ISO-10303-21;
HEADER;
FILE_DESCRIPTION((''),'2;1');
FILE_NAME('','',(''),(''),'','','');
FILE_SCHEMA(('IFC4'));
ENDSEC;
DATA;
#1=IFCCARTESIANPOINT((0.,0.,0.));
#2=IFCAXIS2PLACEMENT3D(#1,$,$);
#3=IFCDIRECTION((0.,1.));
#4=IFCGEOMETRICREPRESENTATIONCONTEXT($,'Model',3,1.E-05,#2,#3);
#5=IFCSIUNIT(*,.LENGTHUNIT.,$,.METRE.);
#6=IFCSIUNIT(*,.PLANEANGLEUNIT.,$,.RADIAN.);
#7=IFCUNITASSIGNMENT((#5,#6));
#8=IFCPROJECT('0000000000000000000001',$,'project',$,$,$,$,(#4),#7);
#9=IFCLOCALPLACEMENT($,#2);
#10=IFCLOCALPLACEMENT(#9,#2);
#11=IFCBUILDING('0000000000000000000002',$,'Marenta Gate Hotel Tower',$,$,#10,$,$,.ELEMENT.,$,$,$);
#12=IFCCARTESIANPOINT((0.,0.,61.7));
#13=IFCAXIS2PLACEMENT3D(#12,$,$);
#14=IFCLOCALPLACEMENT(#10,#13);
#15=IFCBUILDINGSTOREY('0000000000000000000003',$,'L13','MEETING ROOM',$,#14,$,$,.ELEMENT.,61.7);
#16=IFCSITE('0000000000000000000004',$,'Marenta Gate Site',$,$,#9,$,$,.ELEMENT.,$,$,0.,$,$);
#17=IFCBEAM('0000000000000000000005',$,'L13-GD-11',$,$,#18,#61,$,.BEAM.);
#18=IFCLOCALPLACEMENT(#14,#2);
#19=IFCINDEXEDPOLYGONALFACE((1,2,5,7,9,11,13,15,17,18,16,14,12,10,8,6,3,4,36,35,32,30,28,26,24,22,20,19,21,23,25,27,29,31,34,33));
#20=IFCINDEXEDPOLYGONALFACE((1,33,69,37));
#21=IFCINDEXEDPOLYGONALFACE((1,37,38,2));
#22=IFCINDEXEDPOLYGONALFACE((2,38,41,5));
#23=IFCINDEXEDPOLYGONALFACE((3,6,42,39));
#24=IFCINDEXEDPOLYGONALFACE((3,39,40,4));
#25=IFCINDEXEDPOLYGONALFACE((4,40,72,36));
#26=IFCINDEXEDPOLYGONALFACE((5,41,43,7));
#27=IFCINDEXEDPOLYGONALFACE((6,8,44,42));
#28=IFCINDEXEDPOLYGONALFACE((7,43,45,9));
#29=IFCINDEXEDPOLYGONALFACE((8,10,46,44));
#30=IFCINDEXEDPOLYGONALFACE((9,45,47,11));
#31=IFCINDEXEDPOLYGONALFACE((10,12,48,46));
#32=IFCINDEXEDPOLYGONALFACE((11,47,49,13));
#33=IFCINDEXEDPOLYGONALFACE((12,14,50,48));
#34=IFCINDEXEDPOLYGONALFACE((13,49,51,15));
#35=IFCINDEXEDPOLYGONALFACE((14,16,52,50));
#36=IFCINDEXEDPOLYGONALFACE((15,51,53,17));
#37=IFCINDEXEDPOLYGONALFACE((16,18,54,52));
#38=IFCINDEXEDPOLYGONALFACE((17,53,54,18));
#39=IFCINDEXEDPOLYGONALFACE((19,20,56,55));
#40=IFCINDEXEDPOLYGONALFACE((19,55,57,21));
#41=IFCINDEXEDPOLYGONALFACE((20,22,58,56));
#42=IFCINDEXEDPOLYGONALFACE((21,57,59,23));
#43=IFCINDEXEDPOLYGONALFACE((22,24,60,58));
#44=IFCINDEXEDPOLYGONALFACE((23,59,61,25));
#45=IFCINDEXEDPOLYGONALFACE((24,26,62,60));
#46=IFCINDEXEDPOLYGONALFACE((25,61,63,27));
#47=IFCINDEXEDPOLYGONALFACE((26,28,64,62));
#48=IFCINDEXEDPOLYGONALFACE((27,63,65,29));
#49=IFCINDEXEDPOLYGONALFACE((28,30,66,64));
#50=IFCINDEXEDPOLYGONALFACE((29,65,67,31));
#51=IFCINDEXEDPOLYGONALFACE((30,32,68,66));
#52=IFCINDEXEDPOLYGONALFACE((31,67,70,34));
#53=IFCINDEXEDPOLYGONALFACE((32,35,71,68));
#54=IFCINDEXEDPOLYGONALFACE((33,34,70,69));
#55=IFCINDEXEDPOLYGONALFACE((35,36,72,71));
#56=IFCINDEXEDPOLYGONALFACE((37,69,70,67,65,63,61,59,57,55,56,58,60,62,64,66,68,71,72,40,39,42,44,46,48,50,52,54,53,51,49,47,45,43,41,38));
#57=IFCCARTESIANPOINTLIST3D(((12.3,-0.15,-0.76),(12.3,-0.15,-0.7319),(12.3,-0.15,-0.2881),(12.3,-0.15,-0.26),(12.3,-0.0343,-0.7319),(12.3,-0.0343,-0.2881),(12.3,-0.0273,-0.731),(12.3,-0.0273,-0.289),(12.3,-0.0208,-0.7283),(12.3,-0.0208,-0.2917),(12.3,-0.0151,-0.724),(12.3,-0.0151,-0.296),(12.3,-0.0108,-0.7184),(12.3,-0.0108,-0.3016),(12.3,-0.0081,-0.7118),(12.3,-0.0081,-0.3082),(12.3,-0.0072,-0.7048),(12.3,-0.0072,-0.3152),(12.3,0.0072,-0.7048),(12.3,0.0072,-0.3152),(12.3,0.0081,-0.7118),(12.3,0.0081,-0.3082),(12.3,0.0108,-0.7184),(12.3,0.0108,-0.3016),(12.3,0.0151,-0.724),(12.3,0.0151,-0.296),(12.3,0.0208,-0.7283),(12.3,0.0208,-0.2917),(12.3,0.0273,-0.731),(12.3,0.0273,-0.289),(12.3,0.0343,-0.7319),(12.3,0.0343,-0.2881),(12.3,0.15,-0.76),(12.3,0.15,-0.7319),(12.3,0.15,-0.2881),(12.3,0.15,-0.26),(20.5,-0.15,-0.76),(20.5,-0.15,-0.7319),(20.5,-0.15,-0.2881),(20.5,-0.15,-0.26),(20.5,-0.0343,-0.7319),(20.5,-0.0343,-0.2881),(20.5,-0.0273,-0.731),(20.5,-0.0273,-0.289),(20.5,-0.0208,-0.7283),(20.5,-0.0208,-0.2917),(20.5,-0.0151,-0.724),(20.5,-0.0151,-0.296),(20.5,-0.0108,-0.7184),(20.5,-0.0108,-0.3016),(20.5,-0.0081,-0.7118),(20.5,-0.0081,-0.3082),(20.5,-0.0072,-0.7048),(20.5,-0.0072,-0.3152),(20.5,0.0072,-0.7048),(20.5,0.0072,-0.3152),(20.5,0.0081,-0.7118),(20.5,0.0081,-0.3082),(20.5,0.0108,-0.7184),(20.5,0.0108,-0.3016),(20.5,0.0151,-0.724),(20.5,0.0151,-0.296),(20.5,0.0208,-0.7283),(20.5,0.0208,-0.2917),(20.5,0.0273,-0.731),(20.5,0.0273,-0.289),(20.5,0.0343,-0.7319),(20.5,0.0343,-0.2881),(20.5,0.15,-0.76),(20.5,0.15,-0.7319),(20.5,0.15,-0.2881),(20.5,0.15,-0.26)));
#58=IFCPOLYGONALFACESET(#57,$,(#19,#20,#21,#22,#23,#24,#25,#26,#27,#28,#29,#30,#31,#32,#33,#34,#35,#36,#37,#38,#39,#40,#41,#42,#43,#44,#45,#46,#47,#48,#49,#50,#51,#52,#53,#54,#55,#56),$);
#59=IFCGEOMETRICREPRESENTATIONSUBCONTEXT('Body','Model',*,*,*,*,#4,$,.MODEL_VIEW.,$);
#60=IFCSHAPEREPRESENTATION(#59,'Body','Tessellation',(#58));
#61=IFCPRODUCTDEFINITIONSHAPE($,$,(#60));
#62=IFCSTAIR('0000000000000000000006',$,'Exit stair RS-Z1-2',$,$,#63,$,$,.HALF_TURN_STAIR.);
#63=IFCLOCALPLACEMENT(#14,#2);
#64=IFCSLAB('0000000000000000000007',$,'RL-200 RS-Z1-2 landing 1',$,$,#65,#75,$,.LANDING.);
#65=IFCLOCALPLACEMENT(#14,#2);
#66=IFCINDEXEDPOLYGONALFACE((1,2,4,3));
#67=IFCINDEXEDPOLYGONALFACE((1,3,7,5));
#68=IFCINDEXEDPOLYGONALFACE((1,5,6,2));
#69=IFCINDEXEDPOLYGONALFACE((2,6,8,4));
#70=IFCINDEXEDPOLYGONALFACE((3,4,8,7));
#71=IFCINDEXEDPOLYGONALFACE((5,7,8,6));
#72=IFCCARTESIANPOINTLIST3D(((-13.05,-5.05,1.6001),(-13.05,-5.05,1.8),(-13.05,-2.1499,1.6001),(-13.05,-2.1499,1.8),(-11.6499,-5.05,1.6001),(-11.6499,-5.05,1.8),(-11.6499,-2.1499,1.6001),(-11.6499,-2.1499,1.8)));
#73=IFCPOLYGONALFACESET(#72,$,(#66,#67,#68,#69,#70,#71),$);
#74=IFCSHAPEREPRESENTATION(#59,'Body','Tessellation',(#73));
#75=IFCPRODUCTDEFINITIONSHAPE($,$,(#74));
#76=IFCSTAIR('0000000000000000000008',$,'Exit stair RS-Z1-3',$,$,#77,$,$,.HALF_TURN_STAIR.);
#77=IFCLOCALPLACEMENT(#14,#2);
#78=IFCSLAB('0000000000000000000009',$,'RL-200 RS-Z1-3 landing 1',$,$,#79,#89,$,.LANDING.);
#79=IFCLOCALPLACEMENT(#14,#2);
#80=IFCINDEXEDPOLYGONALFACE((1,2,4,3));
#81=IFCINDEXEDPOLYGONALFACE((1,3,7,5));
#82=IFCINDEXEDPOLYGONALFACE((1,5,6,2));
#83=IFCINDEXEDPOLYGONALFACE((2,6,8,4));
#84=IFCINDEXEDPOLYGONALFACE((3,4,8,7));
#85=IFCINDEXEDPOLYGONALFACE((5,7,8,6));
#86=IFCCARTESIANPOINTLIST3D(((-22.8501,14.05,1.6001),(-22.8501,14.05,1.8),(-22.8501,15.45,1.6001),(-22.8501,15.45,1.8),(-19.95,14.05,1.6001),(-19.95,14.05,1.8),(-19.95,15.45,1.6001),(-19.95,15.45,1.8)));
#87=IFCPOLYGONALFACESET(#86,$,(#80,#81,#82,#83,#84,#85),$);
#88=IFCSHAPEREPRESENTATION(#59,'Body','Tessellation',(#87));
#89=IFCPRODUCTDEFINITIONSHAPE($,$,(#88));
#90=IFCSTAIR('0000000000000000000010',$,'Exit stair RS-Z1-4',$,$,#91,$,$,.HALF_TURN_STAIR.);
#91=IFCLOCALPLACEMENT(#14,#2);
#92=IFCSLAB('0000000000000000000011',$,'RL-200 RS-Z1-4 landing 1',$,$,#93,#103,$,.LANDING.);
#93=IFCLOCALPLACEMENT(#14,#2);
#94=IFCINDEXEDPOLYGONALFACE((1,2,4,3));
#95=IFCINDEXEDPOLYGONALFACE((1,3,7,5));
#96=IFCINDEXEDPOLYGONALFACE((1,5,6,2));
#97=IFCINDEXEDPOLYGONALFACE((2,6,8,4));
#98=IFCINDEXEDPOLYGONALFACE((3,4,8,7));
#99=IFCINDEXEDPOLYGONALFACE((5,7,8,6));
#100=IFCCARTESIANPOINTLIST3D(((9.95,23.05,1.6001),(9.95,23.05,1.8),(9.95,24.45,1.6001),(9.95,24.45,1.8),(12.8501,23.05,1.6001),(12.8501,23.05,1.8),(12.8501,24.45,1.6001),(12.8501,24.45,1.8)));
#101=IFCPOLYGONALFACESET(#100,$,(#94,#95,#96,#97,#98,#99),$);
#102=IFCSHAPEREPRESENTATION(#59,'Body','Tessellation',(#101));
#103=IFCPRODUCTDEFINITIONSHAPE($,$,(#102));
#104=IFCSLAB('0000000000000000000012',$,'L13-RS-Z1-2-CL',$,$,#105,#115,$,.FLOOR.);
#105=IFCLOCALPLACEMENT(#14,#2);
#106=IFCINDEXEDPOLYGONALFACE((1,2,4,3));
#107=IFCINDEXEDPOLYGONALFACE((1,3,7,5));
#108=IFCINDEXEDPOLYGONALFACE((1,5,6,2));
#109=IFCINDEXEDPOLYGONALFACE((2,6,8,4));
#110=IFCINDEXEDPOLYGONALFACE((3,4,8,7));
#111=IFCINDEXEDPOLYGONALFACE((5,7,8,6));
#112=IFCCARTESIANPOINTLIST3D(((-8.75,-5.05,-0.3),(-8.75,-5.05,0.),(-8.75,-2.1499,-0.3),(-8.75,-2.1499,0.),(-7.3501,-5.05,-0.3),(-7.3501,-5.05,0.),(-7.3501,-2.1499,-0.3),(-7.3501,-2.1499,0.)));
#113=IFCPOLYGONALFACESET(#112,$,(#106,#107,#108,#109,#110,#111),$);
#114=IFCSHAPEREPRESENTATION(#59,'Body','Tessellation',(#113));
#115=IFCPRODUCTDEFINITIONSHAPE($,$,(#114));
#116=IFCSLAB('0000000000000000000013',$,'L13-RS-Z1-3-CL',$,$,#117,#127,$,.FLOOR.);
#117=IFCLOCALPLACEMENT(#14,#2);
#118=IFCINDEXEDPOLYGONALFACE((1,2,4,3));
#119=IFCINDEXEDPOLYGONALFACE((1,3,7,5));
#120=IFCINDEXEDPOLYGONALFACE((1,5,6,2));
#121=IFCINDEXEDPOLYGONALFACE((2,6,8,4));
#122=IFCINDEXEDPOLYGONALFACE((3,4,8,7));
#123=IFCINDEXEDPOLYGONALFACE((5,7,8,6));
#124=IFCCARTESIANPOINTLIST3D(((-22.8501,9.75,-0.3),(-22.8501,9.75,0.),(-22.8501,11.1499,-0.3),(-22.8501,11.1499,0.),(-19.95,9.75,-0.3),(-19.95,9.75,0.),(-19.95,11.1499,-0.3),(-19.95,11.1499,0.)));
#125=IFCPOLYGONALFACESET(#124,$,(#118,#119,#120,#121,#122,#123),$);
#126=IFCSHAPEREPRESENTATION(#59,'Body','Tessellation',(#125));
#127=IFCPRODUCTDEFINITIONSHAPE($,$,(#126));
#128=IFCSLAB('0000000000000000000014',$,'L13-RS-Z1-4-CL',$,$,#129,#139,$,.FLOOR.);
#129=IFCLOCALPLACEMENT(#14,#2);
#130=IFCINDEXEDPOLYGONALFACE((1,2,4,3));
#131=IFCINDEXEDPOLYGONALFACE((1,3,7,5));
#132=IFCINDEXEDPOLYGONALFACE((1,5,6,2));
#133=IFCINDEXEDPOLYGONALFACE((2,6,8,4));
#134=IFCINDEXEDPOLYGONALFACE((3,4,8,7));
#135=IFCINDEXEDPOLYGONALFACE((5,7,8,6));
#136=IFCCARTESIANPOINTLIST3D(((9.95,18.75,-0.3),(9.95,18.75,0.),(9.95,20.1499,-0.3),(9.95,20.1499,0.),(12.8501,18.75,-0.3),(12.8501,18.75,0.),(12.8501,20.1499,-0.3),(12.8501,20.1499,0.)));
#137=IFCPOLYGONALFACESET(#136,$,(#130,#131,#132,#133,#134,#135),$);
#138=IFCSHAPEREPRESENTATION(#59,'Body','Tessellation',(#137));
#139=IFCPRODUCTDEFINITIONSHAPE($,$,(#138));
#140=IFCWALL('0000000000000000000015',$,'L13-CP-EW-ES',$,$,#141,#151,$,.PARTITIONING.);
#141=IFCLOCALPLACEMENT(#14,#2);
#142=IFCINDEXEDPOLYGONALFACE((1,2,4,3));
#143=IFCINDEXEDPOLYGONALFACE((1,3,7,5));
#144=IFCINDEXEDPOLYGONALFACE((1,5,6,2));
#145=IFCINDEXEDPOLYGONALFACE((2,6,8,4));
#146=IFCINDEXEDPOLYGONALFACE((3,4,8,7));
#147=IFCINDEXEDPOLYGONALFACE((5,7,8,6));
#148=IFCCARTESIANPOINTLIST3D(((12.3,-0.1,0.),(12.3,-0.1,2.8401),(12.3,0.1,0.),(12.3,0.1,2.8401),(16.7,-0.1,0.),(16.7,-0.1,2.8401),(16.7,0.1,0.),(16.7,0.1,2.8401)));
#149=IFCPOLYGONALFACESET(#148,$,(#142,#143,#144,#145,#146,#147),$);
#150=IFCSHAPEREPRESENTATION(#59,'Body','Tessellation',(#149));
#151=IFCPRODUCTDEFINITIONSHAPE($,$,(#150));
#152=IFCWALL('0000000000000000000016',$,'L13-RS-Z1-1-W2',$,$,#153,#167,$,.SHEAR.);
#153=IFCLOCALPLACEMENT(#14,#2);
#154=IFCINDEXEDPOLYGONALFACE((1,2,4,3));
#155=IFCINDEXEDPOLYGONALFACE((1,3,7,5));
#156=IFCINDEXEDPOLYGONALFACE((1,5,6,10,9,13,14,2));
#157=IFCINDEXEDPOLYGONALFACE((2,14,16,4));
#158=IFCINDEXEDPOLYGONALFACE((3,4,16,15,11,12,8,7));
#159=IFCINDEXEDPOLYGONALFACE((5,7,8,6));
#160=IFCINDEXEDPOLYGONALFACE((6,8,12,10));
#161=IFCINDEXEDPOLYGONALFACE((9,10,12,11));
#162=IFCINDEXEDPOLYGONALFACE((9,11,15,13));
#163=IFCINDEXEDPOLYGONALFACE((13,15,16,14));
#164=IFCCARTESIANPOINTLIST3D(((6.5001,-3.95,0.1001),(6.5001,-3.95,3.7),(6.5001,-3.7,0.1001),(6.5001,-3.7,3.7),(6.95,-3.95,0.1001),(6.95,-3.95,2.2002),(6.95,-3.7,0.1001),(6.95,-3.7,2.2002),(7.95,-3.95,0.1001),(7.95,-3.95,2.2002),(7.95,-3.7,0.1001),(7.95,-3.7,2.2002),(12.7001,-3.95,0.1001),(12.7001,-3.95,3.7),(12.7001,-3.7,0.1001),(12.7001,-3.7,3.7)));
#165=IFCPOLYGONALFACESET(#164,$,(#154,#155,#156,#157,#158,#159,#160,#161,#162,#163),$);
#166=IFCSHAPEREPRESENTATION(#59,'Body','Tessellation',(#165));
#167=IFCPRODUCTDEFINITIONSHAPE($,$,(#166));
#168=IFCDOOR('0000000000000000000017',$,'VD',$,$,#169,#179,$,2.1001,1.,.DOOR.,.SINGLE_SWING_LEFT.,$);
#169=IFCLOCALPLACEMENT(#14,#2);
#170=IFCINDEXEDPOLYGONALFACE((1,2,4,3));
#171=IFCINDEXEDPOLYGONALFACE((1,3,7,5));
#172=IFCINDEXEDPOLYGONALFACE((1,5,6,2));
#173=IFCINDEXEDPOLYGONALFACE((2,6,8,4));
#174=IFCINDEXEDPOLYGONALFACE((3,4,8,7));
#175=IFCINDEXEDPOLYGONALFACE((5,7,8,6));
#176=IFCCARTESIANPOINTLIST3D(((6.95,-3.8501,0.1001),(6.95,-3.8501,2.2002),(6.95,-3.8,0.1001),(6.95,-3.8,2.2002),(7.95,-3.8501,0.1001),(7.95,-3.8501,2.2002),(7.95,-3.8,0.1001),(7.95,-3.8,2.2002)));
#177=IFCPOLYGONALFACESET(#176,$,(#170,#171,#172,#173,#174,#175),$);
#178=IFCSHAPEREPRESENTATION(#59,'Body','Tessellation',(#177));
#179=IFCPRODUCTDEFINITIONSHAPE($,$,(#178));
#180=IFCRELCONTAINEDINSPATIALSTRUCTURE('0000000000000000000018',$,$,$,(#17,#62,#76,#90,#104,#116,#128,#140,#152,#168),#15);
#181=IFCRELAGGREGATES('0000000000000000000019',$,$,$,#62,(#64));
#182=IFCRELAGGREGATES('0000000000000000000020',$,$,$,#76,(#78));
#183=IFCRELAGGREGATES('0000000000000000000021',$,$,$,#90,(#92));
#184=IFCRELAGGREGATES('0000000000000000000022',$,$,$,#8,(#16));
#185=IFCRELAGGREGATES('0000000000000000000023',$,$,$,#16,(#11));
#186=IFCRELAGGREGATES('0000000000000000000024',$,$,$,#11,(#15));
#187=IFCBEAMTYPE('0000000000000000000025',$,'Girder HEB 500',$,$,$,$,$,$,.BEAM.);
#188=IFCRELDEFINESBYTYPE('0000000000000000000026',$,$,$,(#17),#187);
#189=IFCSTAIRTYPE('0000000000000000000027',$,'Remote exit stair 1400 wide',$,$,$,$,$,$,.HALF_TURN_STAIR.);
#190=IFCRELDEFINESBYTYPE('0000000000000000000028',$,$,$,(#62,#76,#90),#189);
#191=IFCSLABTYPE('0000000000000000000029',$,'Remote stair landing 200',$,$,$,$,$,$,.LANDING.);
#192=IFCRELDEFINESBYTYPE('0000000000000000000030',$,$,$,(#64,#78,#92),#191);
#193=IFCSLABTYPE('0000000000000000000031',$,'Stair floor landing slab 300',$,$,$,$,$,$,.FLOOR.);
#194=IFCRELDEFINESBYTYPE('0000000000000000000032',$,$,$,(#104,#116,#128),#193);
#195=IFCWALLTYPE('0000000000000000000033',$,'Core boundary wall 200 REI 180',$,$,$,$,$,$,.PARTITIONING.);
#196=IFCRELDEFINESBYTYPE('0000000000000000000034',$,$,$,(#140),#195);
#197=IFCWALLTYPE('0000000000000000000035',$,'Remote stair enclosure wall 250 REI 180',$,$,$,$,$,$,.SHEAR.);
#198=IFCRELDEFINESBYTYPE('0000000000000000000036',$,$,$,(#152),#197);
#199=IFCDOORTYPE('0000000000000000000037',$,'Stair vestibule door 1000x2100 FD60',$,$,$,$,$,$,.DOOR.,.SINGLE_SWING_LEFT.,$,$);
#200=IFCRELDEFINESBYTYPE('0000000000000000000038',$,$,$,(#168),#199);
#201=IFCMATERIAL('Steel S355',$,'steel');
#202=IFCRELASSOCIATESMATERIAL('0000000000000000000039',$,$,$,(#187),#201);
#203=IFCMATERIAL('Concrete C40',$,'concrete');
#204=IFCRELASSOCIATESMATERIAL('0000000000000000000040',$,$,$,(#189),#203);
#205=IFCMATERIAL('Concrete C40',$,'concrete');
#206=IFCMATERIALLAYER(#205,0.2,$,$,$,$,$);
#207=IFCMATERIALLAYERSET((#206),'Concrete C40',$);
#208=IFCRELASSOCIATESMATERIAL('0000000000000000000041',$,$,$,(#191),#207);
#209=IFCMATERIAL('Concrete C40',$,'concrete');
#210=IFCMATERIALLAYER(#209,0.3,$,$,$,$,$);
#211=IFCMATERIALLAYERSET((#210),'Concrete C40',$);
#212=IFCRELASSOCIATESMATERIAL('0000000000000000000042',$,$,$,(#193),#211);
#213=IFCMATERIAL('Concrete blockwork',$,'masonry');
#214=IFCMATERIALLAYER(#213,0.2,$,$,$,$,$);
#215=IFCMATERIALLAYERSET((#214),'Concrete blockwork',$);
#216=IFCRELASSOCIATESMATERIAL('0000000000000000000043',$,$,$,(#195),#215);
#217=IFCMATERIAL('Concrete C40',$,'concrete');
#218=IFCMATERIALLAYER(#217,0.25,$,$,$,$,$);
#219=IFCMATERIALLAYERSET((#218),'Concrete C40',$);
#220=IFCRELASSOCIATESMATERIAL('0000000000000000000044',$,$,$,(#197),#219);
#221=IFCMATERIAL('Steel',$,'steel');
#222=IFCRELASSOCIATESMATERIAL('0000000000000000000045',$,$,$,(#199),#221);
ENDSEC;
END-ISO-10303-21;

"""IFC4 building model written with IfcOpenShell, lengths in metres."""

from ifc_helpers import new_model, si_unit, direction, frame, frame_2d, origin, origin_2d, place, context, subcontext, project, spatial, polyline, rectangle, i_section, outline, extrude, material, layer, layer_set, material_profile, profile_set, type_object, element, fill, aggregate, save


model = new_model("IFC4")

# Units and contexts
model_context = context("Model", 3, precision=1e-05, world=origin(), true_north=direction((0.0, 1.0)))
body_context = subcontext(model_context, "Body", "Model", "MODEL_VIEW")
ifc_project = project(units=[si_unit("LENGTHUNIT", "METRE"), si_unit("PLANEANGLEUNIT", "RADIAN")], contexts=[model_context])

# Site, building, storey
site_placement = place(None, origin())
site = spatial("IfcSite", under=ifc_project, at=site_placement, Name="Marenta Gate Site", CompositionType="ELEMENT", RefElevation=0.0)
building_placement = place(site_placement, origin())
building = spatial("IfcBuilding", under=site, at=building_placement, Name="Marenta Gate Hotel Tower", CompositionType="ELEMENT")
storey_placement = place(building_placement, frame((0.0, 0.0, 61.7)))
storey = spatial("IfcBuildingStorey", under=building, at=storey_placement, Name="L13", Description="MEETING ROOM", CompositionType="ELEMENT", Elevation=61.7)

# Beam
ifc_material_1 = material(Name="Steel S355", Category="steel")
ifc_material_profile = material_profile(ifc_material_1, i_section(OverallWidth=0.3, OverallDepth=0.5, WebThickness=0.0144, FlangeThickness=0.0281, FilletRadius=0.0271, at=origin_2d()), Name="HEB 500")
ifc_profile_set = profile_set([ifc_material_profile], Name="Steel S355")
beam_type = type_object("IfcBeamType", Name="Girder HEB 500", PredefinedType="BEAM", material=ifc_profile_set)
beam_placement = place(storey_placement, frame((12.3, 0.0, -0.51), z_axis=(1.0, 0.0, 0.0), x_axis=(0.0, 1.0, 0.0)))
element("IfcBeam", 1, at=beam_placement, inside=storey, type_object=beam_type, Name="L13-GD-11", PredefinedType="BEAM", context=body_context, shape_type="SweptSolid", body=[
    extrude(i_section(OverallWidth=0.3, OverallDepth=0.5, WebThickness=0.0144, FlangeThickness=0.0281, FilletRadius=0.0271, at=origin_2d()), origin(), (0.0, 0.0, 1.0), 8.2),
])

# Stairs, slabs
ifc_material_2 = material(Name="Concrete C40", Category="concrete")
stair_type = type_object("IfcStairType", Name="Remote exit stair 1400 wide", PredefinedType="HALF_TURN_STAIR", material=ifc_material_2)
stair_1_placement = place(storey_placement, origin())
stair_1 = element("IfcStair", 2, at=stair_1_placement, inside=storey, type_object=stair_type, Name="Exit stair RS-Z1-2", PredefinedType="HALF_TURN_STAIR")
ifc_material_3 = material(Name="Concrete C40", Category="concrete")
ifc_layer_1 = layer(ifc_material_3, 0.2)
ifc_layer_set_1 = layer_set([ifc_layer_1], Name="Concrete C40")
slab_type_1 = type_object("IfcSlabType", Name="Remote stair landing 200", PredefinedType="LANDING", material=ifc_layer_set_1)
slab_1_placement = place(storey_placement, frame((0.0, 0.0, 1.6001)))
slab_1 = element("IfcSlab", 3, at=slab_1_placement, type_object=slab_type_1, Name="RL-200 RS-Z1-2 landing 1", PredefinedType="LANDING", context=body_context, shape_type="SweptSolid", body=[
    extrude(outline(polyline([(-13.05, -5.05), (-11.6499, -5.05), (-11.6499, -2.1499), (-13.05, -2.1499), (-13.05, -5.05)])), origin(), (0.0, 0.0, 1.0), 0.2),
])
aggregate(stair_1, [slab_1])
stair_2_placement = place(storey_placement, origin())
stair_2 = element("IfcStair", 4, at=stair_2_placement, inside=storey, type_object=stair_type, Name="Exit stair RS-Z1-3", PredefinedType="HALF_TURN_STAIR")
slab_2_placement = place(storey_placement, frame((0.0, 0.0, 1.6001)))
slab_2 = element("IfcSlab", 5, at=slab_2_placement, type_object=slab_type_1, Name="RL-200 RS-Z1-3 landing 1", PredefinedType="LANDING", context=body_context, shape_type="SweptSolid", body=[
    extrude(outline(polyline([(-22.8501, 14.05), (-19.95, 14.05), (-19.95, 15.45), (-22.8501, 15.45), (-22.8501, 14.05)])), origin(), (0.0, 0.0, 1.0), 0.2),
])
aggregate(stair_2, [slab_2])
stair_3_placement = place(storey_placement, origin())
stair_3 = element("IfcStair", 6, at=stair_3_placement, inside=storey, type_object=stair_type, Name="Exit stair RS-Z1-4", PredefinedType="HALF_TURN_STAIR")
slab_3_placement = place(storey_placement, frame((0.0, 0.0, 1.6001)))
slab_3 = element("IfcSlab", 7, at=slab_3_placement, type_object=slab_type_1, Name="RL-200 RS-Z1-4 landing 1", PredefinedType="LANDING", context=body_context, shape_type="SweptSolid", body=[
    extrude(outline(polyline([(9.95, 23.05), (12.8501, 23.05), (12.8501, 24.45), (9.95, 24.45), (9.95, 23.05)])), origin(), (0.0, 0.0, 1.0), 0.2),
])
aggregate(stair_3, [slab_3])

# Slabs
ifc_material_4 = material(Name="Concrete C40", Category="concrete")
ifc_layer_2 = layer(ifc_material_4, 0.3)
ifc_layer_set_2 = layer_set([ifc_layer_2], Name="Concrete C40")
slab_type_2 = type_object("IfcSlabType", Name="Stair floor landing slab 300", PredefinedType="FLOOR", material=ifc_layer_set_2)
slab_4_placement = place(storey_placement, frame((0.0, 0.0, -0.3)))
element("IfcSlab", 8, at=slab_4_placement, inside=storey, type_object=slab_type_2, Name="L13-RS-Z1-2-CL", PredefinedType="FLOOR", context=body_context, shape_type="SweptSolid", body=[
    extrude(outline(polyline([(-7.3501, -5.05), (-7.3501, -2.1499), (-8.75, -2.1499), (-8.75, -5.05), (-7.3501, -5.05)])), origin(), (0.0, 0.0, 1.0), 0.3),
])
slab_5_placement = place(storey_placement, frame((0.0, 0.0, -0.3)))
element("IfcSlab", 9, at=slab_5_placement, inside=storey, type_object=slab_type_2, Name="L13-RS-Z1-3-CL", PredefinedType="FLOOR", context=body_context, shape_type="SweptSolid", body=[
    extrude(outline(polyline([(-19.95, 9.75), (-19.95, 11.1499), (-22.8501, 11.1499), (-22.8501, 9.75), (-19.95, 9.75)])), origin(), (0.0, 0.0, 1.0), 0.3),
])
slab_6_placement = place(storey_placement, frame((0.0, 0.0, -0.3)))
element("IfcSlab", 10, at=slab_6_placement, inside=storey, type_object=slab_type_2, Name="L13-RS-Z1-4-CL", PredefinedType="FLOOR", context=body_context, shape_type="SweptSolid", body=[
    extrude(outline(polyline([(12.8501, 18.75), (12.8501, 20.1499), (9.95, 20.1499), (9.95, 18.75), (12.8501, 18.75)])), origin(), (0.0, 0.0, 1.0), 0.3),
])

# Wall
ifc_material_5 = material(Name="Concrete blockwork", Category="masonry")
ifc_layer_3 = layer(ifc_material_5, 0.2)
ifc_layer_set_3 = layer_set([ifc_layer_3], Name="Concrete blockwork")
wall_type_1 = type_object("IfcWallType", Name="Core boundary wall 200 REI 180", PredefinedType="PARTITIONING", material=ifc_layer_set_3)
wall_1_placement = place(storey_placement, frame((12.3, 0.0, 0.0), z_axis=(0.0, 0.0, 1.0), x_axis=(1.0, 0.0, 0.0)))
element("IfcWall", 11, at=wall_1_placement, inside=storey, type_object=wall_type_1, Name="L13-CP-EW-ES", PredefinedType="PARTITIONING", context=body_context, shape_type="SweptSolid", body=[
    extrude(rectangle(XDim=4.3999, YDim=0.2, at=frame_2d((2.2, 0.0))), origin(), (0.0, 0.0, 1.0), 2.8401),
])

# Wall, opening, door
ifc_material_6 = material(Name="Concrete C40", Category="concrete")
ifc_layer_4 = layer(ifc_material_6, 0.25)
ifc_layer_set_4 = layer_set([ifc_layer_4], Name="Concrete C40")
wall_type_2 = type_object("IfcWallType", Name="Remote stair enclosure wall 250 REI 180", PredefinedType="SHEAR", material=ifc_layer_set_4)
wall_2_placement = place(storey_placement, frame((6.5, -3.825, 0.1001), z_axis=(0.0, 0.0, 1.0), x_axis=(1.0, 0.0, 0.0)))
wall_2 = element("IfcWall", 12, at=wall_2_placement, inside=storey, type_object=wall_type_2, Name="L13-RS-Z1-1-W2", PredefinedType="SHEAR", context=body_context, shape_type="SweptSolid", body=[
    extrude(rectangle(XDim=6.2, YDim=0.25, at=frame_2d((3.1001, 0.0))), origin(), (0.0, 0.0, 1.0), 3.5999),
])
opening_1_placement = place(wall_2_placement, frame((0.45, 0.0, 0.0)))
opening_1 = element("IfcOpeningElement", 13, at=opening_1_placement, cuts=wall_2, PredefinedType="OPENING", context=body_context, shape_type="SweptSolid", body=[
    extrude(rectangle(XDim=1.0, YDim=2.1001, at=frame_2d((0.5, 1.05))), frame((0.0, 0.125, 0.0), z_axis=(0.0, -1.0, 0.0), x_axis=(1.0, 0.0, 0.0)), (0.0, 0.0, 1.0), 0.25),
])
ifc_material_7 = material(Name="Steel", Category="steel")
door_type_1 = type_object("IfcDoorType", Name="Stair vestibule door 1000x2100 FD60", OperationType="SINGLE_SWING_LEFT", PredefinedType="DOOR", material=ifc_material_7)
door_1_placement = place(opening_1_placement, origin())
door_1 = element("IfcDoor", 14, at=door_1_placement, inside=storey, type_object=door_type_1, Name="VD", OperationType="SINGLE_SWING_LEFT", OverallHeight=2.1001, OverallWidth=1.0, PredefinedType="DOOR", context=body_context, shape_type="SweptSolid", body=[
    extrude(rectangle(XDim=1.0, YDim=2.1001, at=frame_2d((0.5, 1.05))), frame((0.0, 0.0249, 0.0), z_axis=(0.0, -1.0, 0.0), x_axis=(1.0, 0.0, 0.0)), (0.0, 0.0, 1.0), 0.05),
])
fill(opening_1, door_1)

save(model, "model.ifc")
